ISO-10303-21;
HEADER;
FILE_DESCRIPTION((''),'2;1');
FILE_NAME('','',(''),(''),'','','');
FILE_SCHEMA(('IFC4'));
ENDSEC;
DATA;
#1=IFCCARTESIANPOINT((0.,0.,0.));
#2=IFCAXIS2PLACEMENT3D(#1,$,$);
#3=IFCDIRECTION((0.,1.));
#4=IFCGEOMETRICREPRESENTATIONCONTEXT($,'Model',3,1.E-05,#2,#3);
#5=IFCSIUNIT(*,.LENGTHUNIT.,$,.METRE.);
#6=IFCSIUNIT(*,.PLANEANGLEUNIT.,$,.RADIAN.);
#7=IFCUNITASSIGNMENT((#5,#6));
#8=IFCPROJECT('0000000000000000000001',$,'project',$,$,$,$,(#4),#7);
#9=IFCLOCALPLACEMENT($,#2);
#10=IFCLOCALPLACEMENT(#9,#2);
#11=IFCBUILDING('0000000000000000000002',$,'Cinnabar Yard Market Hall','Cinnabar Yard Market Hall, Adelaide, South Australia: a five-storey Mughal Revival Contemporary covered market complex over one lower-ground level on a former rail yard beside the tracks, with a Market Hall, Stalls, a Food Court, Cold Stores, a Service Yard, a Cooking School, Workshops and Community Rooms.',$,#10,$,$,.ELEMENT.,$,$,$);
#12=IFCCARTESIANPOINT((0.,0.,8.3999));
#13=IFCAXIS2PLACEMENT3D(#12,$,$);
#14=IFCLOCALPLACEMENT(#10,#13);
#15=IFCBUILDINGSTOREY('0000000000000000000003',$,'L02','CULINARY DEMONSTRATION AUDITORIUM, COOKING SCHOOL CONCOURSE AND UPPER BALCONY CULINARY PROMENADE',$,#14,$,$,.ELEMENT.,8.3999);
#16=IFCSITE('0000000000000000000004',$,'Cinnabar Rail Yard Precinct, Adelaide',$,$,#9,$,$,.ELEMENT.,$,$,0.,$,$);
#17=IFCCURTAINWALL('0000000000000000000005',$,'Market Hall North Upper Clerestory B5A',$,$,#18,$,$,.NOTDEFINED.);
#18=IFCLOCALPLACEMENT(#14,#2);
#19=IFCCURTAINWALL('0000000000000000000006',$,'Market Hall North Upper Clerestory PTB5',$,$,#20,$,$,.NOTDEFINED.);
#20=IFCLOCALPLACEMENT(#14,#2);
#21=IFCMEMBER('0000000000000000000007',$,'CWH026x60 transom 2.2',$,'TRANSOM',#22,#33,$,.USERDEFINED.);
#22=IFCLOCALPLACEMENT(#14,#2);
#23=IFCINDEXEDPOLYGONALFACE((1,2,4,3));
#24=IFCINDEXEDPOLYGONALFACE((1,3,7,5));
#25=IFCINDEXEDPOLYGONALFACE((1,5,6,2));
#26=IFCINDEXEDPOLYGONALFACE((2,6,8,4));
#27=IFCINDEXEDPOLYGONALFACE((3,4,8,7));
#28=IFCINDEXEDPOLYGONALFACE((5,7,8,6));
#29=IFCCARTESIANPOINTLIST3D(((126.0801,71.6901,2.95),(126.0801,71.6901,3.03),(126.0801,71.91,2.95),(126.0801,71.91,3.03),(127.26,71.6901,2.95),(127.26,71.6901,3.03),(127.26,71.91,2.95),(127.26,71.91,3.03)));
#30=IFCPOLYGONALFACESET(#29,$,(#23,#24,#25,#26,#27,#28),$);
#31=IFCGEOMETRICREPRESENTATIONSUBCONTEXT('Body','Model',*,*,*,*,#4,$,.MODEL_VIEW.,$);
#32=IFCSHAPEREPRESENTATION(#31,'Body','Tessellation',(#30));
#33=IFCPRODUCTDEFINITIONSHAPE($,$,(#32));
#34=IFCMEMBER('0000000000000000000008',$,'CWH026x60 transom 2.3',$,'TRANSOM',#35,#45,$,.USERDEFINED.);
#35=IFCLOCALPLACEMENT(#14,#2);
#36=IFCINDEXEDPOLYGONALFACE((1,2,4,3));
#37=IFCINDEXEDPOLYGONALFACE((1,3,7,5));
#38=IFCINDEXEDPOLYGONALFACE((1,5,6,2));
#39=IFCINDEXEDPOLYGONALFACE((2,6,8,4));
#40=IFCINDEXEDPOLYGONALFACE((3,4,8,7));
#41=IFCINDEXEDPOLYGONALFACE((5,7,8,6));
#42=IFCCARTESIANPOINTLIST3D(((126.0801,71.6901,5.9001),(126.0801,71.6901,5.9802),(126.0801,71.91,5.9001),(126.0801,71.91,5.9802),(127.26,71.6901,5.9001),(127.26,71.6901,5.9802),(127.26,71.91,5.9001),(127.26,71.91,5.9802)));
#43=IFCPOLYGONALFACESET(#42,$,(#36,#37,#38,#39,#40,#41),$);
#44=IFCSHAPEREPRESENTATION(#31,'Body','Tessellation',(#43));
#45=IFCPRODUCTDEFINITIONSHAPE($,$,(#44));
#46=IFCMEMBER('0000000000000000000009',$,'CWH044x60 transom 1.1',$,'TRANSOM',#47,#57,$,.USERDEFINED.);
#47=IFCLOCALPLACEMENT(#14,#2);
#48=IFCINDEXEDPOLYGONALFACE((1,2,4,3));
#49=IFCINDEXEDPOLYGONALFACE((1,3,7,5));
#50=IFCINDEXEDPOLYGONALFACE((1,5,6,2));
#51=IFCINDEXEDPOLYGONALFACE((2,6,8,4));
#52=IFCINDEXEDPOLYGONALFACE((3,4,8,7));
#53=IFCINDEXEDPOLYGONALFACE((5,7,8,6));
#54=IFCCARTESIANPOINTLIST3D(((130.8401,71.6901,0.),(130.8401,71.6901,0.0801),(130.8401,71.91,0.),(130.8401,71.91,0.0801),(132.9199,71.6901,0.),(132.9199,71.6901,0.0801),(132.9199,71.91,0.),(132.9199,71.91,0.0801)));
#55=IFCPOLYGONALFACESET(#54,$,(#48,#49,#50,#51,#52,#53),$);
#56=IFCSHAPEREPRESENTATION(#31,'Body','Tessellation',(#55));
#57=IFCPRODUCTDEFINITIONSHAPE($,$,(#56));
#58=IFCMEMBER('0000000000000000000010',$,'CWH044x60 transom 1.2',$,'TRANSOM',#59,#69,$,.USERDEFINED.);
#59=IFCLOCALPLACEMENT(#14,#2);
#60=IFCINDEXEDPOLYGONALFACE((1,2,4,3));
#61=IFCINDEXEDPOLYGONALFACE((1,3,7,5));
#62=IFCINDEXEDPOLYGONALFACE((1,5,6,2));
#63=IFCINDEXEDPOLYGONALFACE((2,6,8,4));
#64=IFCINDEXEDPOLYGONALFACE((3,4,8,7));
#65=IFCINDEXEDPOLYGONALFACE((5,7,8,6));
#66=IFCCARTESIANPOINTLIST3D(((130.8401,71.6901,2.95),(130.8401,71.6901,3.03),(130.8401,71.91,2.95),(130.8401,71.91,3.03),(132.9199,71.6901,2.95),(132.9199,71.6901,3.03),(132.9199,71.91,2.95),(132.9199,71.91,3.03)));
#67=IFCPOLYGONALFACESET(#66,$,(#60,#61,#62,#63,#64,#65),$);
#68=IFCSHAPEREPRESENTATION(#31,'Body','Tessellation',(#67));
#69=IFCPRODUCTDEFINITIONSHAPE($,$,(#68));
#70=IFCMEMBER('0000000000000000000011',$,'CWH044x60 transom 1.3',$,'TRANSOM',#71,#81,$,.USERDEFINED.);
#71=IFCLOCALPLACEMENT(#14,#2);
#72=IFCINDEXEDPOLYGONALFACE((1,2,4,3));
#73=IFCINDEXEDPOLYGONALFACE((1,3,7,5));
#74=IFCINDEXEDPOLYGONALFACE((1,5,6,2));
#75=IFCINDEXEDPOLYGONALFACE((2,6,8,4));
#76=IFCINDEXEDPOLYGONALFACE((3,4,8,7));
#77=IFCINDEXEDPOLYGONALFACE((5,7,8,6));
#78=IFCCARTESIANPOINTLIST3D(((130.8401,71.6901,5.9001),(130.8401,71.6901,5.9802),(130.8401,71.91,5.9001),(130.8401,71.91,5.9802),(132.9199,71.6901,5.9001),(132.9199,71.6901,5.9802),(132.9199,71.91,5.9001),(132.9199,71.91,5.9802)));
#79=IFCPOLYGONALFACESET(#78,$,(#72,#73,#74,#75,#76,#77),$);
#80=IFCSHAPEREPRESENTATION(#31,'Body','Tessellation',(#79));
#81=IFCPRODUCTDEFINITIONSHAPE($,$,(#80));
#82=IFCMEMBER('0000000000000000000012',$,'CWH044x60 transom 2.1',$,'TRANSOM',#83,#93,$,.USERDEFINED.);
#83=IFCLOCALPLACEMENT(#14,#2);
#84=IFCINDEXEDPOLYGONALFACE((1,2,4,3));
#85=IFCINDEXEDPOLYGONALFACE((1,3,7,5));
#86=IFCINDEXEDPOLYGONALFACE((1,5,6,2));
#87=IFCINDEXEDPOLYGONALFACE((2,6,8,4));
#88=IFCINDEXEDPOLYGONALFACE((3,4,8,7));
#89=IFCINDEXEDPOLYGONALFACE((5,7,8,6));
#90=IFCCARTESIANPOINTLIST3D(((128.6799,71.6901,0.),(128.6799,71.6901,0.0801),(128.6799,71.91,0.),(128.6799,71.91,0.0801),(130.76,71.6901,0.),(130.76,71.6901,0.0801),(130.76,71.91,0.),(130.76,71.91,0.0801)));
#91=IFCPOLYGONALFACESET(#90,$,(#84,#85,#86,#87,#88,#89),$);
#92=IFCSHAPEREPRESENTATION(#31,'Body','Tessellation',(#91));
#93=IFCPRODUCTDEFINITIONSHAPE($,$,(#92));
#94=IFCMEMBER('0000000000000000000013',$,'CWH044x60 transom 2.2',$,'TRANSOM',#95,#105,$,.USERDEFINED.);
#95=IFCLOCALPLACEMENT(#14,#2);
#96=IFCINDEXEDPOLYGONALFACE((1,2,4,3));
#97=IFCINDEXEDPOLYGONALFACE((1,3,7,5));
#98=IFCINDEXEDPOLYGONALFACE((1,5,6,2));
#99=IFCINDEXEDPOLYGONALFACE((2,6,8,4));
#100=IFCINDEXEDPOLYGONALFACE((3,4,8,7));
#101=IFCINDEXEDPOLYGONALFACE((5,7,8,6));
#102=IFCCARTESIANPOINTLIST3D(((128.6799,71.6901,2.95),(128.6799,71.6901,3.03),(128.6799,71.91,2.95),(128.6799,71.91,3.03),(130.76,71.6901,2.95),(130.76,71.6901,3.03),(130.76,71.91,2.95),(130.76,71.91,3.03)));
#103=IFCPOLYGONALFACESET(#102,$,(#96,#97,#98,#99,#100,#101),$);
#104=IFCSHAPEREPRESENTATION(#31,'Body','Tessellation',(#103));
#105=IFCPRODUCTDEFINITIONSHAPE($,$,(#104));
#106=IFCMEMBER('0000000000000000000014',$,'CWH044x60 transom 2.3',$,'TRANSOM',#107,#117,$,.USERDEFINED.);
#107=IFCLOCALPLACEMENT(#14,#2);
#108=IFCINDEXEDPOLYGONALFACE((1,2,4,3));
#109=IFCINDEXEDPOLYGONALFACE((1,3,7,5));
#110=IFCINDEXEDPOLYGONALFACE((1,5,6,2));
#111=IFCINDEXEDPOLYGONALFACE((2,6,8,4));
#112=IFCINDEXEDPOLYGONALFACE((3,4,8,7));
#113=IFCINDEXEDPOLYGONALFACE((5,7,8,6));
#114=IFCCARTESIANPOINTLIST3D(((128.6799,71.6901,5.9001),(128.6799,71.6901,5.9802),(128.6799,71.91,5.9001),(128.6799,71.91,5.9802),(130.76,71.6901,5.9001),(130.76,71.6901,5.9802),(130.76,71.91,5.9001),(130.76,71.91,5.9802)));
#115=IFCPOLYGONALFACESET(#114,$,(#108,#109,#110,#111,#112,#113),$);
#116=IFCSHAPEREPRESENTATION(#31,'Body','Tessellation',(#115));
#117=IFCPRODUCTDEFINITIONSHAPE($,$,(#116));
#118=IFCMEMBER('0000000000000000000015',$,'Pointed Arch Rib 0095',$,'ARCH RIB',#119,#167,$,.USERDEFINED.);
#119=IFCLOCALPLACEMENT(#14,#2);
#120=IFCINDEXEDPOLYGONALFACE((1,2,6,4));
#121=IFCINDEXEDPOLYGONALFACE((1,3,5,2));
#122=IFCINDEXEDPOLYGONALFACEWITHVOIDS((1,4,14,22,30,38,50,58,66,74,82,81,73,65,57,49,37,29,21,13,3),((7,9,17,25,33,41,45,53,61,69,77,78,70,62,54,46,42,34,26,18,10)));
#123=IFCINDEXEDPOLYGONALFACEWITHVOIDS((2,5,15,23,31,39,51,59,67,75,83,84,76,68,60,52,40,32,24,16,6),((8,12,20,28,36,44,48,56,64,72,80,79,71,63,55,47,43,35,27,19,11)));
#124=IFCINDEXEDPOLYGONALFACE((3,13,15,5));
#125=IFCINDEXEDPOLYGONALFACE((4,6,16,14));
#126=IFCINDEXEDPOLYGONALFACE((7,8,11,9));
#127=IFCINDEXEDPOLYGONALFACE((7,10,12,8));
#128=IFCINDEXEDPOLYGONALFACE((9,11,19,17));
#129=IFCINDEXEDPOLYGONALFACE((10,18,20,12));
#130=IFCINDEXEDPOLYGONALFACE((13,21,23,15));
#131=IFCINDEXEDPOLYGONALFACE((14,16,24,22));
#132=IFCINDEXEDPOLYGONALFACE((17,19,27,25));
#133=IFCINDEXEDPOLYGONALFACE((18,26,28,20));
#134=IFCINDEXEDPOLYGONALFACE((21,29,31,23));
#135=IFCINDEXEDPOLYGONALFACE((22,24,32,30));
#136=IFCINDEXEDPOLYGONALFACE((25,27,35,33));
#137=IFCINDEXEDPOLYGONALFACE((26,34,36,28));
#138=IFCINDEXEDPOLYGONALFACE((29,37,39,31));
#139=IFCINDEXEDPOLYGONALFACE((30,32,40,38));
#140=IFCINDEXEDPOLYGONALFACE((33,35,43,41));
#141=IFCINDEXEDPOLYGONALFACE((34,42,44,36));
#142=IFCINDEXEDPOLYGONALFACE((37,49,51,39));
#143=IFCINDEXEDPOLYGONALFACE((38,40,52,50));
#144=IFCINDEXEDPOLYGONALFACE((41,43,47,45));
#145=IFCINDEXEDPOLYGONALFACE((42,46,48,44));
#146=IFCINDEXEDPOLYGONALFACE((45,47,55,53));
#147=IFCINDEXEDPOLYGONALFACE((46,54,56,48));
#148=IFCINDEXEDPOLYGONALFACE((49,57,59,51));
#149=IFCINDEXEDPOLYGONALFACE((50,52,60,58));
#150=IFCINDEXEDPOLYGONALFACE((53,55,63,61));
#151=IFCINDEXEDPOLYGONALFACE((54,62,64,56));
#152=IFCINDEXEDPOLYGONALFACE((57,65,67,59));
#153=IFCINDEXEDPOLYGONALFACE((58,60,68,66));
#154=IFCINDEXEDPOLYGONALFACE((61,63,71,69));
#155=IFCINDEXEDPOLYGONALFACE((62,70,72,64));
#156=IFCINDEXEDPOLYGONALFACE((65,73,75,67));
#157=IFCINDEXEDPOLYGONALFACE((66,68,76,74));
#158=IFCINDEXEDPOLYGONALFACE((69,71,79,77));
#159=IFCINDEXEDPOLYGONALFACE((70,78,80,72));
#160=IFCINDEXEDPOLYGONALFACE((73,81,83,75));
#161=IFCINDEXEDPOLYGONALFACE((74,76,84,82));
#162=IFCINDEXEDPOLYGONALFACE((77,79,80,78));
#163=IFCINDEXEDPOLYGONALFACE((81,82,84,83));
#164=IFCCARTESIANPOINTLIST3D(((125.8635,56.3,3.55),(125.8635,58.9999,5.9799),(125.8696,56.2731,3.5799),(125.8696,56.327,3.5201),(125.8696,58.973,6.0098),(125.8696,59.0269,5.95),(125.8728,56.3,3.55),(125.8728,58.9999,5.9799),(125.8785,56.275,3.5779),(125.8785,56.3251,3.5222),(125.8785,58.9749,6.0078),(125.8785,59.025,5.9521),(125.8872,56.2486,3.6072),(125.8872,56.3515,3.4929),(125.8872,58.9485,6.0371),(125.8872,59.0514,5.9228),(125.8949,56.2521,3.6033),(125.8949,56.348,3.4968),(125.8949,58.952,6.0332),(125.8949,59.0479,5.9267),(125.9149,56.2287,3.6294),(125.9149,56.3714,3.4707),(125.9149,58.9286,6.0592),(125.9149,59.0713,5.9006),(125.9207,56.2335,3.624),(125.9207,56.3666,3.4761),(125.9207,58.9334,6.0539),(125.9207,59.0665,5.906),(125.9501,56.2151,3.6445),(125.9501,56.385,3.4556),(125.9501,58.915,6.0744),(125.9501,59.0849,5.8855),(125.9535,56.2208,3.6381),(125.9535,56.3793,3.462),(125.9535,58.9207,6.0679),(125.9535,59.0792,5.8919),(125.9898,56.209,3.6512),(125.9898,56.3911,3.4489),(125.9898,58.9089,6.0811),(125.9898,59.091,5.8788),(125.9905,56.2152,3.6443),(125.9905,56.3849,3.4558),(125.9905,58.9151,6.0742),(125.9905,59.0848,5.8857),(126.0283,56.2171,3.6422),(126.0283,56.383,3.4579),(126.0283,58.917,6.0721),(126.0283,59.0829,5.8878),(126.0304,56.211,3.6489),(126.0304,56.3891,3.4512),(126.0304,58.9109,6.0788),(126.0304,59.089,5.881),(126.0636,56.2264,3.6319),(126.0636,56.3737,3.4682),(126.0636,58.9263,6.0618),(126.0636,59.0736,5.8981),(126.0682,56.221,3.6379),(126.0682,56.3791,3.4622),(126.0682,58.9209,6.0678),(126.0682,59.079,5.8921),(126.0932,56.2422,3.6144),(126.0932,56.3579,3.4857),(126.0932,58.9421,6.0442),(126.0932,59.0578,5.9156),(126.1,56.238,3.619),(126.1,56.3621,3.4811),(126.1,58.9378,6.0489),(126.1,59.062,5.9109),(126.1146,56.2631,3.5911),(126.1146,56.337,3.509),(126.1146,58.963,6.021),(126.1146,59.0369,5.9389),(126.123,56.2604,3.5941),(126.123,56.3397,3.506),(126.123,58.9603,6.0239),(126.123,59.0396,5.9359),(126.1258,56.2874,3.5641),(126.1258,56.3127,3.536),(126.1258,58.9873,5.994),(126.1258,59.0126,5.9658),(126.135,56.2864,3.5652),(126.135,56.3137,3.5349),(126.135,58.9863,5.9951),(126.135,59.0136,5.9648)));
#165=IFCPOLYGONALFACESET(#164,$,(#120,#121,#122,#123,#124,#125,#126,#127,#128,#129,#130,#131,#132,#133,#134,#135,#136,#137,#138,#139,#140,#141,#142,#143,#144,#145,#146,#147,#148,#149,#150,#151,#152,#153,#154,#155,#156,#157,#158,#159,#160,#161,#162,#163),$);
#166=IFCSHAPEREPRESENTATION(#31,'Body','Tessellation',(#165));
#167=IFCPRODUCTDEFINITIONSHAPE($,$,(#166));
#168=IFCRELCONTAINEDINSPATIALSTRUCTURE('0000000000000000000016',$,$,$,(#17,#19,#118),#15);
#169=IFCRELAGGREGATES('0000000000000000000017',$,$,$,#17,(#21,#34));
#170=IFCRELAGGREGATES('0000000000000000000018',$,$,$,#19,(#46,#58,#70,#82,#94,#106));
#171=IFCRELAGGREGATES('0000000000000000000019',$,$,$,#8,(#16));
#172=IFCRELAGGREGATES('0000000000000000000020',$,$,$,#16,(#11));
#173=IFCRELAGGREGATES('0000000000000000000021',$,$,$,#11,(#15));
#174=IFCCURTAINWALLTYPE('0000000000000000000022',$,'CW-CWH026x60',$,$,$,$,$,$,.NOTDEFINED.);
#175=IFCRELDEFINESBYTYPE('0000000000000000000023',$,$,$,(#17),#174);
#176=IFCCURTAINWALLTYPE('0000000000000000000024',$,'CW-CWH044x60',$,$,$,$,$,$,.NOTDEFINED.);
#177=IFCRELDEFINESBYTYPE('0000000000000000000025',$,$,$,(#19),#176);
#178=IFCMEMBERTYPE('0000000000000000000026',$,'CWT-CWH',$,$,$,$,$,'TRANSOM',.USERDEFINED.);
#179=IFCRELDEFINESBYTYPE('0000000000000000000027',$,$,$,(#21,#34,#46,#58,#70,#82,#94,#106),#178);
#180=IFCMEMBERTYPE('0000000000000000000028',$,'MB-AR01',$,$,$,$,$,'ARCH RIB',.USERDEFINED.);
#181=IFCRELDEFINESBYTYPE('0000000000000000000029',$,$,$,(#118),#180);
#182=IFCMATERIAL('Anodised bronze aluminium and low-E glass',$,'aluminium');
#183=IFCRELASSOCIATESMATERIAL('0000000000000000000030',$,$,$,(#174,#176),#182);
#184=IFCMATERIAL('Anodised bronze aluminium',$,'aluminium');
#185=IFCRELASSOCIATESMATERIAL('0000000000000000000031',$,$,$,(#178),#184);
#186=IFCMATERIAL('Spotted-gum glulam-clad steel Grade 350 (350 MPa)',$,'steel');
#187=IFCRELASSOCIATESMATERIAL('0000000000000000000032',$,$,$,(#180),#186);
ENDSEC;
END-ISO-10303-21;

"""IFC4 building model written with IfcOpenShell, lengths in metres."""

from ifc_helpers import new_model, si_unit, direction, frame, origin, origin_2d_with_axis, place, context, subcontext, project, spatial, rectangle, hollow_circle, extrude, material, material_profile, profile_set, type_object, element, aggregate, save


model = new_model("IFC4")

# Units and contexts
model_context = context("Model", 3, precision=1e-05, world=origin(), true_north=direction((0.0, 1.0)))
body_context = subcontext(model_context, "Body", "Model", "MODEL_VIEW")
ifc_project = project(units=[si_unit("LENGTHUNIT", "METRE"), si_unit("PLANEANGLEUNIT", "RADIAN")], contexts=[model_context])

# Site, building, storey
site_placement = place(None, origin())
site = spatial("IfcSite", under=ifc_project, at=site_placement, Name="Cinnabar Rail Yard Precinct, Adelaide", CompositionType="ELEMENT", RefElevation=0.0)
building_placement = place(site_placement, origin())
building = spatial("IfcBuilding", under=site, at=building_placement, Name="Cinnabar Yard Market Hall", Description="Cinnabar Yard Market Hall, Adelaide, South Australia: a five-storey Mughal Revival Contemporary covered market complex over one lower-ground level on a former rail yard beside the tracks, with a Market Hall, Stalls, a Food Court, Cold Stores, a Service Yard, a Cooking School, Workshops and Community Rooms.", CompositionType="ELEMENT")
storey_placement = place(building_placement, frame((0.0, 0.0, 8.3999)))
storey = spatial("IfcBuildingStorey", under=building, at=storey_placement, Name="L02", Description="CULINARY DEMONSTRATION AUDITORIUM, COOKING SCHOOL CONCOURSE AND UPPER BALCONY CULINARY PROMENADE", CompositionType="ELEMENT", Elevation=8.3999)

# Shared definitions
ifc_material_1 = material(Name="Spotted-gum glulam-clad steel Grade 350 (350 MPa)", Category="steel")

# Curtain walls
ifc_material_2 = material(Name="Anodised bronze aluminium and low-E glass", Category="aluminium")
curtain_wall_type_1 = type_object("IfcCurtainWallType", Name="CW-CWH026x60", PredefinedType="NOTDEFINED", material=ifc_material_2)
curtain_wall_1_placement = place(storey_placement, origin())
curtain_wall_1 = element("IfcCurtainWall", 1, at=curtain_wall_1_placement, inside=storey, type_object=curtain_wall_type_1, Name="Market Hall North Upper Clerestory B5A", PredefinedType="NOTDEFINED")
ifc_material_3 = material(Name="Anodised bronze aluminium", Category="aluminium")
curtain_wall_type_2 = type_object("IfcCurtainWallType", Name="CW-CWH044x60", PredefinedType="NOTDEFINED", material=ifc_material_2)
curtain_wall_2_placement = place(storey_placement, origin())
curtain_wall_2 = element("IfcCurtainWall", 2, at=curtain_wall_2_placement, inside=storey, type_object=curtain_wall_type_2, Name="Market Hall North Upper Clerestory PTB5", PredefinedType="NOTDEFINED")

# Members
ifc_material_profile_1 = material_profile(ifc_material_3, rectangle(XDim=0.22, YDim=0.0801, at=origin_2d_with_axis()), Name="TRN-CWH")
ifc_profile_set_1 = profile_set([ifc_material_profile_1], Name="Anodised bronze aluminium")
member_type_1 = type_object("IfcMemberType", Name="CWT-CWH", ElementType="TRANSOM", PredefinedType="USERDEFINED", material=ifc_profile_set_1)
member_1_placement = place(storey_placement, frame((127.26, 71.8, 2.99), z_axis=(-1.0, 0.0, 0.0), x_axis=(0.0, -1.0, 0.0)))
member_1 = element("IfcMember", 3, at=member_1_placement, type_object=member_type_1, Name="CWH026x60 transom 2.2", ObjectType="TRANSOM", PredefinedType="USERDEFINED", context=body_context, shape_type="SweptSolid", body=[
    extrude(rectangle(XDim=0.22, YDim=0.0801, at=origin_2d_with_axis()), origin(), (0.0, 0.0, 1.0), 1.1799),
])
member_2_placement = place(storey_placement, frame((127.26, 71.8, 5.9402), z_axis=(-1.0, 0.0, 0.0), x_axis=(0.0, -1.0, 0.0)))
member_2 = element("IfcMember", 4, at=member_2_placement, type_object=member_type_1, Name="CWH026x60 transom 2.3", ObjectType="TRANSOM", PredefinedType="USERDEFINED", context=body_context, shape_type="SweptSolid", body=[
    extrude(rectangle(XDim=0.22, YDim=0.0801, at=origin_2d_with_axis()), origin(), (0.0, 0.0, 1.0), 1.1799),
])
member_3_placement = place(storey_placement, frame((132.9199, 71.8, 0.04), z_axis=(-1.0, 0.0, 0.0), x_axis=(0.0, -1.0, 0.0)))
member_3 = element("IfcMember", 5, at=member_3_placement, type_object=member_type_1, Name="CWH044x60 transom 1.1", ObjectType="TRANSOM", PredefinedType="USERDEFINED", context=body_context, shape_type="SweptSolid", body=[
    extrude(rectangle(XDim=0.22, YDim=0.0801, at=origin_2d_with_axis()), origin(), (0.0, 0.0, 1.0), 2.0798),
])
member_4_placement = place(storey_placement, frame((132.9199, 71.8, 2.99), z_axis=(-1.0, 0.0, 0.0), x_axis=(0.0, -1.0, 0.0)))
member_4 = element("IfcMember", 6, at=member_4_placement, type_object=member_type_1, Name="CWH044x60 transom 1.2", ObjectType="TRANSOM", PredefinedType="USERDEFINED", context=body_context, shape_type="SweptSolid", body=[
    extrude(rectangle(XDim=0.22, YDim=0.0801, at=origin_2d_with_axis()), origin(), (0.0, 0.0, 1.0), 2.0798),
])
member_5_placement = place(storey_placement, frame((132.9199, 71.8, 5.9402), z_axis=(-1.0, 0.0, 0.0), x_axis=(0.0, -1.0, 0.0)))
member_5 = element("IfcMember", 7, at=member_5_placement, type_object=member_type_1, Name="CWH044x60 transom 1.3", ObjectType="TRANSOM", PredefinedType="USERDEFINED", context=body_context, shape_type="SweptSolid", body=[
    extrude(rectangle(XDim=0.22, YDim=0.0801, at=origin_2d_with_axis()), origin(), (0.0, 0.0, 1.0), 2.0798),
])
member_6_placement = place(storey_placement, frame((130.76, 71.8, 0.04), z_axis=(-1.0, 0.0, 0.0), x_axis=(0.0, -1.0, 0.0)))
member_6 = element("IfcMember", 8, at=member_6_placement, type_object=member_type_1, Name="CWH044x60 transom 2.1", ObjectType="TRANSOM", PredefinedType="USERDEFINED", context=body_context, shape_type="SweptSolid", body=[
    extrude(rectangle(XDim=0.22, YDim=0.0801, at=origin_2d_with_axis()), origin(), (0.0, 0.0, 1.0), 2.0801),
])
member_7_placement = place(storey_placement, frame((130.76, 71.8, 2.99), z_axis=(-1.0, 0.0, 0.0), x_axis=(0.0, -1.0, 0.0)))
member_7 = element("IfcMember", 9, at=member_7_placement, type_object=member_type_1, Name="CWH044x60 transom 2.2", ObjectType="TRANSOM", PredefinedType="USERDEFINED", context=body_context, shape_type="SweptSolid", body=[
    extrude(rectangle(XDim=0.22, YDim=0.0801, at=origin_2d_with_axis()), origin(), (0.0, 0.0, 1.0), 2.0801),
])
member_8_placement = place(storey_placement, frame((130.76, 71.8, 5.9402), z_axis=(-1.0, 0.0, 0.0), x_axis=(0.0, -1.0, 0.0)))
member_8 = element("IfcMember", 10, at=member_8_placement, type_object=member_type_1, Name="CWH044x60 transom 2.3", ObjectType="TRANSOM", PredefinedType="USERDEFINED", context=body_context, shape_type="SweptSolid", body=[
    extrude(rectangle(XDim=0.22, YDim=0.0801, at=origin_2d_with_axis()), origin(), (0.0, 0.0, 1.0), 2.0801),
])

# Member
ifc_material_profile_2 = material_profile(ifc_material_1, hollow_circle(Radius=0.1365, WallThickness=0.0093, at=origin_2d_with_axis()), Name="273.1x9.3CHS")
ifc_profile_set_2 = profile_set([ifc_material_profile_2], Name="Spotted-gum glulam-clad steel Grade 350 (350 MPa)")
member_type_2 = type_object("IfcMemberType", Name="MB-AR01", ElementType="ARCH RIB", PredefinedType="USERDEFINED", material=ifc_profile_set_2)
for number, where, z_axis, x_axis, name in (
    (11, (126.0, 56.3, 3.55), (0.0, 0.743297, 0.668961), (-1.0, 0.0, 0.0), "Pointed Arch Rib 0095"),
):
    element("IfcMember", number, at=place(storey_placement, frame(where, z_axis=z_axis, x_axis=x_axis)), inside=storey, type_object=member_type_2, Name=name, ObjectType="ARCH RIB", PredefinedType="USERDEFINED", context=body_context, shape_type="SweptSolid", body=[
        extrude(hollow_circle(Radius=0.1365, WallThickness=0.0093, at=origin_2d_with_axis()), origin(), (0.0, 0.0, 1.0), 3.6323),
    ])

aggregate(curtain_wall_1, [member_1, member_2])
aggregate(curtain_wall_2, [member_3, member_4, member_5, member_6, member_7, member_8])

save(model, "model.ifc")
